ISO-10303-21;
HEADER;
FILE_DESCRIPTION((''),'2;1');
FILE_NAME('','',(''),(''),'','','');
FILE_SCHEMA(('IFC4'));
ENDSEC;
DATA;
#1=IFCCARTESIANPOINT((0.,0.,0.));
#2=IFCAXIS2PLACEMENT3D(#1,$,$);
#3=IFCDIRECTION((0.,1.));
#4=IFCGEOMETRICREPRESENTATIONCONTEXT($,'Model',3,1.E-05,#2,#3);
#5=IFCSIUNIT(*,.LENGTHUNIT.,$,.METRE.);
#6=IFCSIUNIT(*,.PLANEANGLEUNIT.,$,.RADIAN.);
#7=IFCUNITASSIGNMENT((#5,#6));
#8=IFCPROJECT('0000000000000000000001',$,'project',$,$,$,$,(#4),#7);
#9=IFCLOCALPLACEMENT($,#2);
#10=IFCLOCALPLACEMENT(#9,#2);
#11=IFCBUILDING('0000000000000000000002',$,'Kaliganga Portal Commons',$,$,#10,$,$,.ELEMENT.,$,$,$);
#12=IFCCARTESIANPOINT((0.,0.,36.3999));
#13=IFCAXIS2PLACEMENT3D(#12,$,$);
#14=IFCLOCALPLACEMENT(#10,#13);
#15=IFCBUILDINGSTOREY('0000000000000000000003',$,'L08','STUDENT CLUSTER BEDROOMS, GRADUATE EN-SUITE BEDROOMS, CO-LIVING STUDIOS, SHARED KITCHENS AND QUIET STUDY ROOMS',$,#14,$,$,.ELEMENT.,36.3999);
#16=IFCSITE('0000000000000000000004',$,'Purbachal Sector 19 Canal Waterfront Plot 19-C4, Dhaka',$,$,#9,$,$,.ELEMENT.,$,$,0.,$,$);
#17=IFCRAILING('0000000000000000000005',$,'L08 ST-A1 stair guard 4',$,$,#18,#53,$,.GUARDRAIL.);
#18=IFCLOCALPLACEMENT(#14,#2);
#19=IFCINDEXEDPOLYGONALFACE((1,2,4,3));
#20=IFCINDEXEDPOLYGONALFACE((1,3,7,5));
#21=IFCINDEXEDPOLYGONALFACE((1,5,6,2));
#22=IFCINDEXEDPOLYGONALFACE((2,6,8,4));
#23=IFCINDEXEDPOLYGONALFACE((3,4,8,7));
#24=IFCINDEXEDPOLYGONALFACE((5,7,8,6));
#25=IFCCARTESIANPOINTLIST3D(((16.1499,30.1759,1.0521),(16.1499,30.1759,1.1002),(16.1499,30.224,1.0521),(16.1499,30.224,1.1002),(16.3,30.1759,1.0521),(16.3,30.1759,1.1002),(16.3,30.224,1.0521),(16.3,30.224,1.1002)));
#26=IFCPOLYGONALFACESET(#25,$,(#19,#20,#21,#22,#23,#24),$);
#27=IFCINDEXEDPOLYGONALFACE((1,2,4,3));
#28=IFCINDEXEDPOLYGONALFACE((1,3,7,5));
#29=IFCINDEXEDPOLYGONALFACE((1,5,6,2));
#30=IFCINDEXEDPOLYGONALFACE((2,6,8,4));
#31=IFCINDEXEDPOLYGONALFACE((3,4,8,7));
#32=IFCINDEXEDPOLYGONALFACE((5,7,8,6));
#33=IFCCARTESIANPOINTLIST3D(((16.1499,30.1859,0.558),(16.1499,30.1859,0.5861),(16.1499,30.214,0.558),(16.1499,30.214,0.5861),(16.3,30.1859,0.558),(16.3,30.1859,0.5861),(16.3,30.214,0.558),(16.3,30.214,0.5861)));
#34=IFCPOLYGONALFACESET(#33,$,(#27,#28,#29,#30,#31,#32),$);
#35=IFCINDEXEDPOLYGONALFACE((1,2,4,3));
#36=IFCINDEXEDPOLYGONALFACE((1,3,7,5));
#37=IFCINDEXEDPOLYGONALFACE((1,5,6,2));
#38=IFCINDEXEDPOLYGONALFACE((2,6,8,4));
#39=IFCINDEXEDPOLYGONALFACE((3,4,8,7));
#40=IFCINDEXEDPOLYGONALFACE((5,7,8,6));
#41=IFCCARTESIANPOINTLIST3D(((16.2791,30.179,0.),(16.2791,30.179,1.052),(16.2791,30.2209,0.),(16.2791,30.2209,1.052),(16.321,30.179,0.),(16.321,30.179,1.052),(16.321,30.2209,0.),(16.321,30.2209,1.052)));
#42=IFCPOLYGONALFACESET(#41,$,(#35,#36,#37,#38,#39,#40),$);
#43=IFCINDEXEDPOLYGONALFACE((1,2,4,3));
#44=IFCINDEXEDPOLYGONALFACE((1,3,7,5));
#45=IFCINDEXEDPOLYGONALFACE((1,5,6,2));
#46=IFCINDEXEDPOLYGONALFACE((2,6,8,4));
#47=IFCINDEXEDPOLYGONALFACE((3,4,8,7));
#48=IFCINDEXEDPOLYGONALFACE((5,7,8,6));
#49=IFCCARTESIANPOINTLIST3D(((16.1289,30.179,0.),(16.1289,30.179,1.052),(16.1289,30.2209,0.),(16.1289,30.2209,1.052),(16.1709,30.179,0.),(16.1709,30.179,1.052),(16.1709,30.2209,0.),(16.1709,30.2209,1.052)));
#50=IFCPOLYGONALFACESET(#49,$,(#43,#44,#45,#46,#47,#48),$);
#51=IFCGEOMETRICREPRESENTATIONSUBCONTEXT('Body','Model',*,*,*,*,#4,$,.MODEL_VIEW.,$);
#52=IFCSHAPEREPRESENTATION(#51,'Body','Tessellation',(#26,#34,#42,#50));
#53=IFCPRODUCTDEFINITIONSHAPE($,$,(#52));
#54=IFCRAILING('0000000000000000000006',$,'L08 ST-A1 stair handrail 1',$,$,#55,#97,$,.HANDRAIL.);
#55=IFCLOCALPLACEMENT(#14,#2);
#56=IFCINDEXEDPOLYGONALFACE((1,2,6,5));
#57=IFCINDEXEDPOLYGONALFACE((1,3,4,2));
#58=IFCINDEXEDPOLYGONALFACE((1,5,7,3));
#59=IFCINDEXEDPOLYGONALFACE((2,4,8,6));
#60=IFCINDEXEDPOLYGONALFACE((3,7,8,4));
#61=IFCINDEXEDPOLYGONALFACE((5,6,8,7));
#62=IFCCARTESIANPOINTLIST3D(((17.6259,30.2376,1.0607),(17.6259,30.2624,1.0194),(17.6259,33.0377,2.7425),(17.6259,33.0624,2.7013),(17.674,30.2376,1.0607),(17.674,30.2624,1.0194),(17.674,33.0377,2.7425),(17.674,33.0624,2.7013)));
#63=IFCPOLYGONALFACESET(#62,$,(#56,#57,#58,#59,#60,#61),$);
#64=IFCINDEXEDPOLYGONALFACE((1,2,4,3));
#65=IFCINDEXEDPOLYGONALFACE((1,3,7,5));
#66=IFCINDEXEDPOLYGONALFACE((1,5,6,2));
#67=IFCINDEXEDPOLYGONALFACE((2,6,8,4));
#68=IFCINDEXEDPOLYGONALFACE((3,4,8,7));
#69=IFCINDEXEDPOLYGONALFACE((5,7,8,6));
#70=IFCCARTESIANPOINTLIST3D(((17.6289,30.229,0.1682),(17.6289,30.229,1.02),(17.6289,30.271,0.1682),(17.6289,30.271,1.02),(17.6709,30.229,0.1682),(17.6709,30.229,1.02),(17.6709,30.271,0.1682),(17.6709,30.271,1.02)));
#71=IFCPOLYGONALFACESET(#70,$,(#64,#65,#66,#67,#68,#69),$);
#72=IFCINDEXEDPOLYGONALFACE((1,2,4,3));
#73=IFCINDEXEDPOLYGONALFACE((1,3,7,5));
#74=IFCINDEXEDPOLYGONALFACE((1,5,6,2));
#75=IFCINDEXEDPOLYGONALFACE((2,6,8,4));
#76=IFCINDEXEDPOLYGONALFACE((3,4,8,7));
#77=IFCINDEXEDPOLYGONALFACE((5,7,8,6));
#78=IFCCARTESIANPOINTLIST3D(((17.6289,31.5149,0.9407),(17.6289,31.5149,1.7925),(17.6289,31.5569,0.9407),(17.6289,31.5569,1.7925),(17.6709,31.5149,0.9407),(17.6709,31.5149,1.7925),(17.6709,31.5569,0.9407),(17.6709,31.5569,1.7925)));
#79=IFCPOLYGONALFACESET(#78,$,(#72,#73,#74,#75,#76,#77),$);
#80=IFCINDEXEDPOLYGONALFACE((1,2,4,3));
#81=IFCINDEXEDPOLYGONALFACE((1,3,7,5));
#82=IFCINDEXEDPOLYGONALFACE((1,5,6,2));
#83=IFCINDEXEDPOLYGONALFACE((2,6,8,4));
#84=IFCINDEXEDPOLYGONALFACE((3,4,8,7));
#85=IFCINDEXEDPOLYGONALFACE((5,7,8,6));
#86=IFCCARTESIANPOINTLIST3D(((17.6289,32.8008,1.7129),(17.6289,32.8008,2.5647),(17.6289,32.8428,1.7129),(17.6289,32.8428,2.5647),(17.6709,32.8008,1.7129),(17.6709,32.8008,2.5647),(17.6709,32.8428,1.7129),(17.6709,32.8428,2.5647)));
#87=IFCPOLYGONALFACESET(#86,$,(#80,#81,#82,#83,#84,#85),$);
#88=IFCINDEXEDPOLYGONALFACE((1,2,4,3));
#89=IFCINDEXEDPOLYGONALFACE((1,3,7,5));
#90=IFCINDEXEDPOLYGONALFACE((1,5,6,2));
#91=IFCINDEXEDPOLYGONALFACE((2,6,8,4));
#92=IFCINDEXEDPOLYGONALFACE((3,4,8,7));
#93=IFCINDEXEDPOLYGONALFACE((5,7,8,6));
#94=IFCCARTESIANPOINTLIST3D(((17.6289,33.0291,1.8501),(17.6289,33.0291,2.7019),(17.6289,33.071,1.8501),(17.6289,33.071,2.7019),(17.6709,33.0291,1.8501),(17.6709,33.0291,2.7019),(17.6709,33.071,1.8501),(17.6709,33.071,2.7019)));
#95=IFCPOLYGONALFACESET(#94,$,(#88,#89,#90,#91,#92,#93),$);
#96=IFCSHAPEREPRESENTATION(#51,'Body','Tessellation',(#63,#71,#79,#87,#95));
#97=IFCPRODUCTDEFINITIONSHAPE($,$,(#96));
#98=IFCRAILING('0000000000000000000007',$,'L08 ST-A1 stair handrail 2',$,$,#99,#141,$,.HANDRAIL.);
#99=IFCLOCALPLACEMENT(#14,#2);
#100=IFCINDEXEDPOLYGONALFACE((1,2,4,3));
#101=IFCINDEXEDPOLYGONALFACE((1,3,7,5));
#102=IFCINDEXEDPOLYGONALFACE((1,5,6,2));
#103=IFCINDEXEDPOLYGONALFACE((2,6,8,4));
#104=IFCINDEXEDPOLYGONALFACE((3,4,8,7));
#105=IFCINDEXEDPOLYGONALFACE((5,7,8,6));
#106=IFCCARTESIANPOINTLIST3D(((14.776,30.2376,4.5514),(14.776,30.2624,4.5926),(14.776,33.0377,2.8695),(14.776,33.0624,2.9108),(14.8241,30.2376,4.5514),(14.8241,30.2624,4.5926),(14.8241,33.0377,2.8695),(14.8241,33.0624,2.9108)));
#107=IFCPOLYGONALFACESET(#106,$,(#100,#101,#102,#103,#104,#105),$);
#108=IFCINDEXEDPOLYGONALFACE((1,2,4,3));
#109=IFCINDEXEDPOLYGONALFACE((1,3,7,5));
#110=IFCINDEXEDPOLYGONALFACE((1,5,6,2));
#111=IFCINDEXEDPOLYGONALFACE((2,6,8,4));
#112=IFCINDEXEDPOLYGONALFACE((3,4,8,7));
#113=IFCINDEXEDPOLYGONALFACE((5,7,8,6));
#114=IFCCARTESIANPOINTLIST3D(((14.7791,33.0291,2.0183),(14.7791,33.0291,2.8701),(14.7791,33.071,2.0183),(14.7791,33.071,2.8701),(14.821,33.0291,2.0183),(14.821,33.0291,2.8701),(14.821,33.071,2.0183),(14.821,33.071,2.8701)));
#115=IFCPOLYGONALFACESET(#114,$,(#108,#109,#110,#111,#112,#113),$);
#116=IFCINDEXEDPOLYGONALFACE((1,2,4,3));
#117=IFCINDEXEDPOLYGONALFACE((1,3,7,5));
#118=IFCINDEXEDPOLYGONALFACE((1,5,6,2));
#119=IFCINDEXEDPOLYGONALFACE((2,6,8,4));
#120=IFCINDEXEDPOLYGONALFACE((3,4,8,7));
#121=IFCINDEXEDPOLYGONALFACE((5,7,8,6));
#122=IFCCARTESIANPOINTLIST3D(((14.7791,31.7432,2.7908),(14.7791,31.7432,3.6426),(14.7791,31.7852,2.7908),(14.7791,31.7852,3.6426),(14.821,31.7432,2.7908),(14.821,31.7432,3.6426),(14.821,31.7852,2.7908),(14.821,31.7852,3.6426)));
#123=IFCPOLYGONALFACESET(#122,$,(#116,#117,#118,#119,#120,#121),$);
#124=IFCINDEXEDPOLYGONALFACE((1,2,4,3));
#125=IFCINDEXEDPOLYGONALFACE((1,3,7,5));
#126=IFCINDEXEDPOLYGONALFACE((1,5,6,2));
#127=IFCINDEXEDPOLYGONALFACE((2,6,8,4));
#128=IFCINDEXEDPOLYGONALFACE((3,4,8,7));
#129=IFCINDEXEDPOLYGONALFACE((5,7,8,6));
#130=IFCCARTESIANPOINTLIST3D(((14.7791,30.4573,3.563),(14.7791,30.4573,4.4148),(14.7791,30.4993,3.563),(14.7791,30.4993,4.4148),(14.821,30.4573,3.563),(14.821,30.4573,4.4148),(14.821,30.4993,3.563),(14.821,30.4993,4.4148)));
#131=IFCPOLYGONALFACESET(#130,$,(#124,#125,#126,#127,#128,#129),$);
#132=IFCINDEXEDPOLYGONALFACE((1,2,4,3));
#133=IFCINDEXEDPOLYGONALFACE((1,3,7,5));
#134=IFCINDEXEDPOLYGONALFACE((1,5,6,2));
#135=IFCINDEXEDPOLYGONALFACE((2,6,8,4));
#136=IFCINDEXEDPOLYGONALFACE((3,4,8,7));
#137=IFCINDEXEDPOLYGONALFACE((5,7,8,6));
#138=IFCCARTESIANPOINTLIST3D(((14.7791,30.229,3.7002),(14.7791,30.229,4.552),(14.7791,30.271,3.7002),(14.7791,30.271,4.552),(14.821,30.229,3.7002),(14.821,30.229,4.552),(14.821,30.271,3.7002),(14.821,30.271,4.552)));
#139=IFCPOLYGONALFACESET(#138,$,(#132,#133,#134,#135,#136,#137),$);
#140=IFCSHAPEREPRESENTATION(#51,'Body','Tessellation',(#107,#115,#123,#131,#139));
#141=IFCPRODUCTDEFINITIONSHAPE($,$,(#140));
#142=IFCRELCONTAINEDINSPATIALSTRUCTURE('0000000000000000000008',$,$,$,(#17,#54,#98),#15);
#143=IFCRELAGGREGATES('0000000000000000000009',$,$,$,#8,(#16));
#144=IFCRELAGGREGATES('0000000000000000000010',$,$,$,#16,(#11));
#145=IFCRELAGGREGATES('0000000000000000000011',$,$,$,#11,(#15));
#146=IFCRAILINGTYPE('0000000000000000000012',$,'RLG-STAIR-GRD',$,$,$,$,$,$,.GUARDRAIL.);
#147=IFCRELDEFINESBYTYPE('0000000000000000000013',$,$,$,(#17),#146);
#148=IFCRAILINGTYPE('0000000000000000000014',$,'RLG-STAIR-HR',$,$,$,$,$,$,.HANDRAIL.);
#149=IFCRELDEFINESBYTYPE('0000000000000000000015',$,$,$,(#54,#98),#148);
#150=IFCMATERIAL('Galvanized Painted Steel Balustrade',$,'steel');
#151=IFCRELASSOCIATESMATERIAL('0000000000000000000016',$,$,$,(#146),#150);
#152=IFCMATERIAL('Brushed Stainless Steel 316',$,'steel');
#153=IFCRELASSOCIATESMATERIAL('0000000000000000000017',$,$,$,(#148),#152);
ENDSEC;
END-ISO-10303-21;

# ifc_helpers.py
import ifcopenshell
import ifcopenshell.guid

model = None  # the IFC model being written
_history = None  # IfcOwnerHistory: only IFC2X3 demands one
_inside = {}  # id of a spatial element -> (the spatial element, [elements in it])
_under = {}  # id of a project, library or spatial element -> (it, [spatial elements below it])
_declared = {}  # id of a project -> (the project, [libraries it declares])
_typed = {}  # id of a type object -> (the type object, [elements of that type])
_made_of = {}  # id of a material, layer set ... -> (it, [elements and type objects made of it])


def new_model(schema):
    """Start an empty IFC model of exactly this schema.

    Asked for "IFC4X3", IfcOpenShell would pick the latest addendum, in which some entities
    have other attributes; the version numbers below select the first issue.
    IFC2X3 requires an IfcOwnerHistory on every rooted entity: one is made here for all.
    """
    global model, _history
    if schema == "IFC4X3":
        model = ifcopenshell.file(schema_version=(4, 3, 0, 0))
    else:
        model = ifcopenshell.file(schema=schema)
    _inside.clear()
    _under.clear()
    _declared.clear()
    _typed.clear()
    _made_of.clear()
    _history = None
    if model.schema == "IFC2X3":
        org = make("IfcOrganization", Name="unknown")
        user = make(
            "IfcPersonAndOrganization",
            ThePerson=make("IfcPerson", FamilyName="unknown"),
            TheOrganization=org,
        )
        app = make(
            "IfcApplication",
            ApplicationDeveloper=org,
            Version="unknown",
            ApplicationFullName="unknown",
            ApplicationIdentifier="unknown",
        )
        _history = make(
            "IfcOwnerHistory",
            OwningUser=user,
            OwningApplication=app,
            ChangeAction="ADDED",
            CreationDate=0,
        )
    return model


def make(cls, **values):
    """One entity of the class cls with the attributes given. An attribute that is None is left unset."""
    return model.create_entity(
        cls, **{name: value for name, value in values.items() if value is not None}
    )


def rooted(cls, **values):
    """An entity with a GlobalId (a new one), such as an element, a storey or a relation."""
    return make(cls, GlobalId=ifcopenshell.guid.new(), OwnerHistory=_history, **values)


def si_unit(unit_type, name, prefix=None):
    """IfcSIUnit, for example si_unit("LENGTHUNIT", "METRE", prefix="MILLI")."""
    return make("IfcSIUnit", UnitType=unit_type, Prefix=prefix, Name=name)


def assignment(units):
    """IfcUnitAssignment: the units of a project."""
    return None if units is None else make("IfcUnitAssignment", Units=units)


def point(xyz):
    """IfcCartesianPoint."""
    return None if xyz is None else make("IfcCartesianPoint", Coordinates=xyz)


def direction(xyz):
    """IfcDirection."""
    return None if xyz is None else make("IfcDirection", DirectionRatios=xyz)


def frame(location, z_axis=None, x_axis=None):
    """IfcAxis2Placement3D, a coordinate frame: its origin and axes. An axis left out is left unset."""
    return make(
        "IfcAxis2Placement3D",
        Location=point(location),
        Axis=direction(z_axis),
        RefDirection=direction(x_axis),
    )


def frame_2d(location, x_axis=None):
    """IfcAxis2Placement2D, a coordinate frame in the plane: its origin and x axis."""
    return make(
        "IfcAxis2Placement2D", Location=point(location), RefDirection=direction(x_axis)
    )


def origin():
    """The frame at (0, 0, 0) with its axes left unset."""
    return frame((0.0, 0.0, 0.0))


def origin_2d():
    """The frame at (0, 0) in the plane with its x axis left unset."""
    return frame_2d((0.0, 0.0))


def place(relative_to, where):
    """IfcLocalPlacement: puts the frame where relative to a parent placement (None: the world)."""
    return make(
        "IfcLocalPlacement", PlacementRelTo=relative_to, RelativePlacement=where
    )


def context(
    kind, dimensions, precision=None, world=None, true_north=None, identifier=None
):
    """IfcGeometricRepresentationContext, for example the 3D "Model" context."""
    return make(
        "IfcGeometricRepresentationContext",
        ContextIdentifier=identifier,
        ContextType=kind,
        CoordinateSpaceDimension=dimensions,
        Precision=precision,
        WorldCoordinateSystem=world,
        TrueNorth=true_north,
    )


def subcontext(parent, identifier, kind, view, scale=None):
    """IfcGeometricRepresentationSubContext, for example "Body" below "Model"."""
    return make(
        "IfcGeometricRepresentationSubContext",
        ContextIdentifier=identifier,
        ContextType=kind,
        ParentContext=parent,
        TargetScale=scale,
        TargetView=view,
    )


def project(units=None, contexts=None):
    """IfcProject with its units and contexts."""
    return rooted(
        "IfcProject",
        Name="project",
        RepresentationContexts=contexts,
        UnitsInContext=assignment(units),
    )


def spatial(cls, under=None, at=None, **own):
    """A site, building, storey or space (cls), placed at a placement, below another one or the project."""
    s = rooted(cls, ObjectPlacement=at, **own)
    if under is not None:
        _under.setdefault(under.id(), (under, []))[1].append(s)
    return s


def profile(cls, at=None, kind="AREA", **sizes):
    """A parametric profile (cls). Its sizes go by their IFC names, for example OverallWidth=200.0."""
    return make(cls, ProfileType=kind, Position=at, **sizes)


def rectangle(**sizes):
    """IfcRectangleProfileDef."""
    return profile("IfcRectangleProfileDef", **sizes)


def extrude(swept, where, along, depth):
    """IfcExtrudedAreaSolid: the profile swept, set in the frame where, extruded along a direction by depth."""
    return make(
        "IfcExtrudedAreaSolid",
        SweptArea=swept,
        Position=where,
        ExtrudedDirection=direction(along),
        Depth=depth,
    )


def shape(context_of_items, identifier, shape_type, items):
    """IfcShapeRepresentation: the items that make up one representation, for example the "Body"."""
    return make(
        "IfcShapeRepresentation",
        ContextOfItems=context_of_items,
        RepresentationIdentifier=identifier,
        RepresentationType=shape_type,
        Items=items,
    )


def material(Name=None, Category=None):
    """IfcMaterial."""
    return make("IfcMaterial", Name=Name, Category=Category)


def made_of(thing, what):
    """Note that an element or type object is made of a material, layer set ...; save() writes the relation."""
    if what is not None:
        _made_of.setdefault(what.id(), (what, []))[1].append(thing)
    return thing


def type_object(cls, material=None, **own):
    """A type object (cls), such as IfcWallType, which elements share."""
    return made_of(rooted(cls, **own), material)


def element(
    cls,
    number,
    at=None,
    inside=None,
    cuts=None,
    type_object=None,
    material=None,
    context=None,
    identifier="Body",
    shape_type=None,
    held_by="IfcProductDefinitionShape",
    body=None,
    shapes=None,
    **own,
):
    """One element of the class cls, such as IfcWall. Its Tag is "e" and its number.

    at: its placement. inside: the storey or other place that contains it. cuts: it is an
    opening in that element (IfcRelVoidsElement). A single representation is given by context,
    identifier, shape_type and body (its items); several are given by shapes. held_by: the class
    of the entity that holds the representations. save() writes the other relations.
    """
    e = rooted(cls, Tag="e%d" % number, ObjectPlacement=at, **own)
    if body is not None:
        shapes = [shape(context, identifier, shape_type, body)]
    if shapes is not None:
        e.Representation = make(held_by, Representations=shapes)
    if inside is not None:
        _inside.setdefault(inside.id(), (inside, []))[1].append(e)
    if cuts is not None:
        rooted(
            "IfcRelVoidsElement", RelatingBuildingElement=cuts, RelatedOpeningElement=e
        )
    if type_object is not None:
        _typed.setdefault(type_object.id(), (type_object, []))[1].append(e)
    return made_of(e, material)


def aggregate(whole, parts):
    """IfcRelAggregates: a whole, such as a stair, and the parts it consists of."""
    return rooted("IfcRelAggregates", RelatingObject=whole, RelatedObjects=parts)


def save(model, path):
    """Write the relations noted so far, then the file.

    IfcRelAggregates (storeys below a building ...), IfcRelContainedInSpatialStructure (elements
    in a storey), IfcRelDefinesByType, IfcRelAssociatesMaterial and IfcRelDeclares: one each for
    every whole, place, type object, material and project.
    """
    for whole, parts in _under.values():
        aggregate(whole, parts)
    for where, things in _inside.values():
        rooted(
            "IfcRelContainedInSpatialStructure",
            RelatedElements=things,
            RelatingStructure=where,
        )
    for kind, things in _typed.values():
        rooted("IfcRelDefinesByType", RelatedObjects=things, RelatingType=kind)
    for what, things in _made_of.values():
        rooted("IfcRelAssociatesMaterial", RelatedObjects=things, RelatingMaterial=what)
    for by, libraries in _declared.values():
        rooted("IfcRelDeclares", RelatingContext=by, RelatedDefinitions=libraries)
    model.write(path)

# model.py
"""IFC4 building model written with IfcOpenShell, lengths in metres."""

from ifc_helpers import new_model, si_unit, direction, frame, origin, origin_2d, place, context, subcontext, project, spatial, rectangle, extrude, material, type_object, element, save


model = new_model("IFC4")

# Units and contexts
model_context = context("Model", 3, precision=1e-05, world=origin(), true_north=direction((0.0, 1.0)))
body_context = subcontext(model_context, "Body", "Model", "MODEL_VIEW")
ifc_project = project(units=[si_unit("LENGTHUNIT", "METRE"), si_unit("PLANEANGLEUNIT", "RADIAN")], contexts=[model_context])

# Site, building, storey
site_placement = place(None, origin())
site = spatial("IfcSite", under=ifc_project, at=site_placement, Name="Purbachal Sector 19 Canal Waterfront Plot 19-C4, Dhaka", CompositionType="ELEMENT", RefElevation=0.0)
building_placement = place(site_placement, origin())
building = spatial("IfcBuilding", under=site, at=building_placement, Name="Kaliganga Portal Commons", CompositionType="ELEMENT")
storey_placement = place(building_placement, frame((0.0, 0.0, 36.3999)))
storey = spatial("IfcBuildingStorey", under=building, at=storey_placement, Name="L08", Description="STUDENT CLUSTER BEDROOMS, GRADUATE EN-SUITE BEDROOMS, CO-LIVING STUDIOS, SHARED KITCHENS AND QUIET STUDY ROOMS", CompositionType="ELEMENT", Elevation=36.3999)

# Railings
ifc_material_1 = material(Name="Galvanized Painted Steel Balustrade", Category="steel")
railing_type_1 = type_object("IfcRailingType", Name="RLG-STAIR-GRD", PredefinedType="GUARDRAIL", material=ifc_material_1)
railing_1_placement = place(storey_placement, frame((16.3, 30.2, 0.0)))
element("IfcRailing", 1, at=railing_1_placement, inside=storey, type_object=railing_type_1, Name="L08 ST-A1 stair guard 4", PredefinedType="GUARDRAIL", context=body_context, shape_type="SweptSolid", body=[
    extrude(rectangle(XDim=0.0481, YDim=0.0481, at=origin_2d()), frame((0.0, 0.0, 1.0762), z_axis=(-1.0, 0.0, 0.0), x_axis=(0.0, -1.0, 0.0)), (0.0, 0.0, 1.0), 0.1501),
    extrude(rectangle(XDim=0.0281, YDim=0.0281, at=origin_2d()), frame((0.0, 0.0, 0.572), z_axis=(-1.0, 0.0, 0.0), x_axis=(0.0, -1.0, 0.0)), (0.0, 0.0, 1.0), 0.1501),
    extrude(rectangle(XDim=0.042, YDim=0.042, at=origin_2d()), origin(), (0.0, 0.0, 1.0), 1.052),
    extrude(rectangle(XDim=0.042, YDim=0.042, at=origin_2d()), frame((-0.1501, 0.0, 0.0)), (0.0, 0.0, 1.0), 1.052),
])
ifc_material_2 = material(Name="Brushed Stainless Steel 316", Category="steel")
railing_type_2 = type_object("IfcRailingType", Name="RLG-STAIR-HR", PredefinedType="HANDRAIL", material=ifc_material_2)
railing_2_placement = place(storey_placement, frame((17.6499, 30.25, 0.1682)))
element("IfcRailing", 2, at=railing_2_placement, inside=storey, type_object=railing_type_2, Name="L08 ST-A1 stair handrail 1", PredefinedType="HANDRAIL", context=body_context, shape_type="SweptSolid", body=[
    extrude(rectangle(XDim=0.0481, YDim=0.0481, at=origin_2d()), frame((0.0, 0.0, 0.8718), z_axis=(0.0, 0.857242, 0.514913), x_axis=(-1.0, 0.0, 0.0)), (0.0, 0.0, 1.0), 3.2664),
    extrude(rectangle(XDim=0.042, YDim=0.042, at=origin_2d()), origin(), (0.0, 0.0, 1.0), 0.8518),
    extrude(rectangle(XDim=0.042, YDim=0.042, at=origin_2d()), frame((0.0, 1.2859, 0.7725)), (0.0, 0.0, 1.0), 0.8518),
    extrude(rectangle(XDim=0.042, YDim=0.042, at=origin_2d()), frame((0.0, 2.5718, 1.5447)), (0.0, 0.0, 1.0), 0.8518),
    extrude(rectangle(XDim=0.042, YDim=0.042, at=origin_2d()), frame((0.0, 2.8, 1.6819)), (0.0, 0.0, 1.0), 0.8518),
])
railing_3_placement = place(storey_placement, frame((14.8, 33.05, 2.0183)))
element("IfcRailing", 3, at=railing_3_placement, inside=storey, type_object=railing_type_2, Name="L08 ST-A1 stair handrail 2", PredefinedType="HANDRAIL", context=body_context, shape_type="SweptSolid", body=[
    extrude(rectangle(XDim=0.0481, YDim=0.0481, at=origin_2d()), frame((0.0, 0.0, 0.8718), z_axis=(0.0, -0.857242, 0.514913), x_axis=(1.0, 0.0, 0.0)), (0.0, 0.0, 1.0), 3.2664),
    extrude(rectangle(XDim=0.042, YDim=0.042, at=origin_2d()), origin(), (0.0, 0.0, 1.0), 0.8518),
    extrude(rectangle(XDim=0.042, YDim=0.042, at=origin_2d()), frame((0.0, -1.2859, 0.7725)), (0.0, 0.0, 1.0), 0.8518),
    extrude(rectangle(XDim=0.042, YDim=0.042, at=origin_2d()), frame((0.0, -2.5718, 1.5447)), (0.0, 0.0, 1.0), 0.8518),
    extrude(rectangle(XDim=0.042, YDim=0.042, at=origin_2d()), frame((0.0, -2.8, 1.6819)), (0.0, 0.0, 1.0), 0.8518),
])

save(model, "model.ifc")
